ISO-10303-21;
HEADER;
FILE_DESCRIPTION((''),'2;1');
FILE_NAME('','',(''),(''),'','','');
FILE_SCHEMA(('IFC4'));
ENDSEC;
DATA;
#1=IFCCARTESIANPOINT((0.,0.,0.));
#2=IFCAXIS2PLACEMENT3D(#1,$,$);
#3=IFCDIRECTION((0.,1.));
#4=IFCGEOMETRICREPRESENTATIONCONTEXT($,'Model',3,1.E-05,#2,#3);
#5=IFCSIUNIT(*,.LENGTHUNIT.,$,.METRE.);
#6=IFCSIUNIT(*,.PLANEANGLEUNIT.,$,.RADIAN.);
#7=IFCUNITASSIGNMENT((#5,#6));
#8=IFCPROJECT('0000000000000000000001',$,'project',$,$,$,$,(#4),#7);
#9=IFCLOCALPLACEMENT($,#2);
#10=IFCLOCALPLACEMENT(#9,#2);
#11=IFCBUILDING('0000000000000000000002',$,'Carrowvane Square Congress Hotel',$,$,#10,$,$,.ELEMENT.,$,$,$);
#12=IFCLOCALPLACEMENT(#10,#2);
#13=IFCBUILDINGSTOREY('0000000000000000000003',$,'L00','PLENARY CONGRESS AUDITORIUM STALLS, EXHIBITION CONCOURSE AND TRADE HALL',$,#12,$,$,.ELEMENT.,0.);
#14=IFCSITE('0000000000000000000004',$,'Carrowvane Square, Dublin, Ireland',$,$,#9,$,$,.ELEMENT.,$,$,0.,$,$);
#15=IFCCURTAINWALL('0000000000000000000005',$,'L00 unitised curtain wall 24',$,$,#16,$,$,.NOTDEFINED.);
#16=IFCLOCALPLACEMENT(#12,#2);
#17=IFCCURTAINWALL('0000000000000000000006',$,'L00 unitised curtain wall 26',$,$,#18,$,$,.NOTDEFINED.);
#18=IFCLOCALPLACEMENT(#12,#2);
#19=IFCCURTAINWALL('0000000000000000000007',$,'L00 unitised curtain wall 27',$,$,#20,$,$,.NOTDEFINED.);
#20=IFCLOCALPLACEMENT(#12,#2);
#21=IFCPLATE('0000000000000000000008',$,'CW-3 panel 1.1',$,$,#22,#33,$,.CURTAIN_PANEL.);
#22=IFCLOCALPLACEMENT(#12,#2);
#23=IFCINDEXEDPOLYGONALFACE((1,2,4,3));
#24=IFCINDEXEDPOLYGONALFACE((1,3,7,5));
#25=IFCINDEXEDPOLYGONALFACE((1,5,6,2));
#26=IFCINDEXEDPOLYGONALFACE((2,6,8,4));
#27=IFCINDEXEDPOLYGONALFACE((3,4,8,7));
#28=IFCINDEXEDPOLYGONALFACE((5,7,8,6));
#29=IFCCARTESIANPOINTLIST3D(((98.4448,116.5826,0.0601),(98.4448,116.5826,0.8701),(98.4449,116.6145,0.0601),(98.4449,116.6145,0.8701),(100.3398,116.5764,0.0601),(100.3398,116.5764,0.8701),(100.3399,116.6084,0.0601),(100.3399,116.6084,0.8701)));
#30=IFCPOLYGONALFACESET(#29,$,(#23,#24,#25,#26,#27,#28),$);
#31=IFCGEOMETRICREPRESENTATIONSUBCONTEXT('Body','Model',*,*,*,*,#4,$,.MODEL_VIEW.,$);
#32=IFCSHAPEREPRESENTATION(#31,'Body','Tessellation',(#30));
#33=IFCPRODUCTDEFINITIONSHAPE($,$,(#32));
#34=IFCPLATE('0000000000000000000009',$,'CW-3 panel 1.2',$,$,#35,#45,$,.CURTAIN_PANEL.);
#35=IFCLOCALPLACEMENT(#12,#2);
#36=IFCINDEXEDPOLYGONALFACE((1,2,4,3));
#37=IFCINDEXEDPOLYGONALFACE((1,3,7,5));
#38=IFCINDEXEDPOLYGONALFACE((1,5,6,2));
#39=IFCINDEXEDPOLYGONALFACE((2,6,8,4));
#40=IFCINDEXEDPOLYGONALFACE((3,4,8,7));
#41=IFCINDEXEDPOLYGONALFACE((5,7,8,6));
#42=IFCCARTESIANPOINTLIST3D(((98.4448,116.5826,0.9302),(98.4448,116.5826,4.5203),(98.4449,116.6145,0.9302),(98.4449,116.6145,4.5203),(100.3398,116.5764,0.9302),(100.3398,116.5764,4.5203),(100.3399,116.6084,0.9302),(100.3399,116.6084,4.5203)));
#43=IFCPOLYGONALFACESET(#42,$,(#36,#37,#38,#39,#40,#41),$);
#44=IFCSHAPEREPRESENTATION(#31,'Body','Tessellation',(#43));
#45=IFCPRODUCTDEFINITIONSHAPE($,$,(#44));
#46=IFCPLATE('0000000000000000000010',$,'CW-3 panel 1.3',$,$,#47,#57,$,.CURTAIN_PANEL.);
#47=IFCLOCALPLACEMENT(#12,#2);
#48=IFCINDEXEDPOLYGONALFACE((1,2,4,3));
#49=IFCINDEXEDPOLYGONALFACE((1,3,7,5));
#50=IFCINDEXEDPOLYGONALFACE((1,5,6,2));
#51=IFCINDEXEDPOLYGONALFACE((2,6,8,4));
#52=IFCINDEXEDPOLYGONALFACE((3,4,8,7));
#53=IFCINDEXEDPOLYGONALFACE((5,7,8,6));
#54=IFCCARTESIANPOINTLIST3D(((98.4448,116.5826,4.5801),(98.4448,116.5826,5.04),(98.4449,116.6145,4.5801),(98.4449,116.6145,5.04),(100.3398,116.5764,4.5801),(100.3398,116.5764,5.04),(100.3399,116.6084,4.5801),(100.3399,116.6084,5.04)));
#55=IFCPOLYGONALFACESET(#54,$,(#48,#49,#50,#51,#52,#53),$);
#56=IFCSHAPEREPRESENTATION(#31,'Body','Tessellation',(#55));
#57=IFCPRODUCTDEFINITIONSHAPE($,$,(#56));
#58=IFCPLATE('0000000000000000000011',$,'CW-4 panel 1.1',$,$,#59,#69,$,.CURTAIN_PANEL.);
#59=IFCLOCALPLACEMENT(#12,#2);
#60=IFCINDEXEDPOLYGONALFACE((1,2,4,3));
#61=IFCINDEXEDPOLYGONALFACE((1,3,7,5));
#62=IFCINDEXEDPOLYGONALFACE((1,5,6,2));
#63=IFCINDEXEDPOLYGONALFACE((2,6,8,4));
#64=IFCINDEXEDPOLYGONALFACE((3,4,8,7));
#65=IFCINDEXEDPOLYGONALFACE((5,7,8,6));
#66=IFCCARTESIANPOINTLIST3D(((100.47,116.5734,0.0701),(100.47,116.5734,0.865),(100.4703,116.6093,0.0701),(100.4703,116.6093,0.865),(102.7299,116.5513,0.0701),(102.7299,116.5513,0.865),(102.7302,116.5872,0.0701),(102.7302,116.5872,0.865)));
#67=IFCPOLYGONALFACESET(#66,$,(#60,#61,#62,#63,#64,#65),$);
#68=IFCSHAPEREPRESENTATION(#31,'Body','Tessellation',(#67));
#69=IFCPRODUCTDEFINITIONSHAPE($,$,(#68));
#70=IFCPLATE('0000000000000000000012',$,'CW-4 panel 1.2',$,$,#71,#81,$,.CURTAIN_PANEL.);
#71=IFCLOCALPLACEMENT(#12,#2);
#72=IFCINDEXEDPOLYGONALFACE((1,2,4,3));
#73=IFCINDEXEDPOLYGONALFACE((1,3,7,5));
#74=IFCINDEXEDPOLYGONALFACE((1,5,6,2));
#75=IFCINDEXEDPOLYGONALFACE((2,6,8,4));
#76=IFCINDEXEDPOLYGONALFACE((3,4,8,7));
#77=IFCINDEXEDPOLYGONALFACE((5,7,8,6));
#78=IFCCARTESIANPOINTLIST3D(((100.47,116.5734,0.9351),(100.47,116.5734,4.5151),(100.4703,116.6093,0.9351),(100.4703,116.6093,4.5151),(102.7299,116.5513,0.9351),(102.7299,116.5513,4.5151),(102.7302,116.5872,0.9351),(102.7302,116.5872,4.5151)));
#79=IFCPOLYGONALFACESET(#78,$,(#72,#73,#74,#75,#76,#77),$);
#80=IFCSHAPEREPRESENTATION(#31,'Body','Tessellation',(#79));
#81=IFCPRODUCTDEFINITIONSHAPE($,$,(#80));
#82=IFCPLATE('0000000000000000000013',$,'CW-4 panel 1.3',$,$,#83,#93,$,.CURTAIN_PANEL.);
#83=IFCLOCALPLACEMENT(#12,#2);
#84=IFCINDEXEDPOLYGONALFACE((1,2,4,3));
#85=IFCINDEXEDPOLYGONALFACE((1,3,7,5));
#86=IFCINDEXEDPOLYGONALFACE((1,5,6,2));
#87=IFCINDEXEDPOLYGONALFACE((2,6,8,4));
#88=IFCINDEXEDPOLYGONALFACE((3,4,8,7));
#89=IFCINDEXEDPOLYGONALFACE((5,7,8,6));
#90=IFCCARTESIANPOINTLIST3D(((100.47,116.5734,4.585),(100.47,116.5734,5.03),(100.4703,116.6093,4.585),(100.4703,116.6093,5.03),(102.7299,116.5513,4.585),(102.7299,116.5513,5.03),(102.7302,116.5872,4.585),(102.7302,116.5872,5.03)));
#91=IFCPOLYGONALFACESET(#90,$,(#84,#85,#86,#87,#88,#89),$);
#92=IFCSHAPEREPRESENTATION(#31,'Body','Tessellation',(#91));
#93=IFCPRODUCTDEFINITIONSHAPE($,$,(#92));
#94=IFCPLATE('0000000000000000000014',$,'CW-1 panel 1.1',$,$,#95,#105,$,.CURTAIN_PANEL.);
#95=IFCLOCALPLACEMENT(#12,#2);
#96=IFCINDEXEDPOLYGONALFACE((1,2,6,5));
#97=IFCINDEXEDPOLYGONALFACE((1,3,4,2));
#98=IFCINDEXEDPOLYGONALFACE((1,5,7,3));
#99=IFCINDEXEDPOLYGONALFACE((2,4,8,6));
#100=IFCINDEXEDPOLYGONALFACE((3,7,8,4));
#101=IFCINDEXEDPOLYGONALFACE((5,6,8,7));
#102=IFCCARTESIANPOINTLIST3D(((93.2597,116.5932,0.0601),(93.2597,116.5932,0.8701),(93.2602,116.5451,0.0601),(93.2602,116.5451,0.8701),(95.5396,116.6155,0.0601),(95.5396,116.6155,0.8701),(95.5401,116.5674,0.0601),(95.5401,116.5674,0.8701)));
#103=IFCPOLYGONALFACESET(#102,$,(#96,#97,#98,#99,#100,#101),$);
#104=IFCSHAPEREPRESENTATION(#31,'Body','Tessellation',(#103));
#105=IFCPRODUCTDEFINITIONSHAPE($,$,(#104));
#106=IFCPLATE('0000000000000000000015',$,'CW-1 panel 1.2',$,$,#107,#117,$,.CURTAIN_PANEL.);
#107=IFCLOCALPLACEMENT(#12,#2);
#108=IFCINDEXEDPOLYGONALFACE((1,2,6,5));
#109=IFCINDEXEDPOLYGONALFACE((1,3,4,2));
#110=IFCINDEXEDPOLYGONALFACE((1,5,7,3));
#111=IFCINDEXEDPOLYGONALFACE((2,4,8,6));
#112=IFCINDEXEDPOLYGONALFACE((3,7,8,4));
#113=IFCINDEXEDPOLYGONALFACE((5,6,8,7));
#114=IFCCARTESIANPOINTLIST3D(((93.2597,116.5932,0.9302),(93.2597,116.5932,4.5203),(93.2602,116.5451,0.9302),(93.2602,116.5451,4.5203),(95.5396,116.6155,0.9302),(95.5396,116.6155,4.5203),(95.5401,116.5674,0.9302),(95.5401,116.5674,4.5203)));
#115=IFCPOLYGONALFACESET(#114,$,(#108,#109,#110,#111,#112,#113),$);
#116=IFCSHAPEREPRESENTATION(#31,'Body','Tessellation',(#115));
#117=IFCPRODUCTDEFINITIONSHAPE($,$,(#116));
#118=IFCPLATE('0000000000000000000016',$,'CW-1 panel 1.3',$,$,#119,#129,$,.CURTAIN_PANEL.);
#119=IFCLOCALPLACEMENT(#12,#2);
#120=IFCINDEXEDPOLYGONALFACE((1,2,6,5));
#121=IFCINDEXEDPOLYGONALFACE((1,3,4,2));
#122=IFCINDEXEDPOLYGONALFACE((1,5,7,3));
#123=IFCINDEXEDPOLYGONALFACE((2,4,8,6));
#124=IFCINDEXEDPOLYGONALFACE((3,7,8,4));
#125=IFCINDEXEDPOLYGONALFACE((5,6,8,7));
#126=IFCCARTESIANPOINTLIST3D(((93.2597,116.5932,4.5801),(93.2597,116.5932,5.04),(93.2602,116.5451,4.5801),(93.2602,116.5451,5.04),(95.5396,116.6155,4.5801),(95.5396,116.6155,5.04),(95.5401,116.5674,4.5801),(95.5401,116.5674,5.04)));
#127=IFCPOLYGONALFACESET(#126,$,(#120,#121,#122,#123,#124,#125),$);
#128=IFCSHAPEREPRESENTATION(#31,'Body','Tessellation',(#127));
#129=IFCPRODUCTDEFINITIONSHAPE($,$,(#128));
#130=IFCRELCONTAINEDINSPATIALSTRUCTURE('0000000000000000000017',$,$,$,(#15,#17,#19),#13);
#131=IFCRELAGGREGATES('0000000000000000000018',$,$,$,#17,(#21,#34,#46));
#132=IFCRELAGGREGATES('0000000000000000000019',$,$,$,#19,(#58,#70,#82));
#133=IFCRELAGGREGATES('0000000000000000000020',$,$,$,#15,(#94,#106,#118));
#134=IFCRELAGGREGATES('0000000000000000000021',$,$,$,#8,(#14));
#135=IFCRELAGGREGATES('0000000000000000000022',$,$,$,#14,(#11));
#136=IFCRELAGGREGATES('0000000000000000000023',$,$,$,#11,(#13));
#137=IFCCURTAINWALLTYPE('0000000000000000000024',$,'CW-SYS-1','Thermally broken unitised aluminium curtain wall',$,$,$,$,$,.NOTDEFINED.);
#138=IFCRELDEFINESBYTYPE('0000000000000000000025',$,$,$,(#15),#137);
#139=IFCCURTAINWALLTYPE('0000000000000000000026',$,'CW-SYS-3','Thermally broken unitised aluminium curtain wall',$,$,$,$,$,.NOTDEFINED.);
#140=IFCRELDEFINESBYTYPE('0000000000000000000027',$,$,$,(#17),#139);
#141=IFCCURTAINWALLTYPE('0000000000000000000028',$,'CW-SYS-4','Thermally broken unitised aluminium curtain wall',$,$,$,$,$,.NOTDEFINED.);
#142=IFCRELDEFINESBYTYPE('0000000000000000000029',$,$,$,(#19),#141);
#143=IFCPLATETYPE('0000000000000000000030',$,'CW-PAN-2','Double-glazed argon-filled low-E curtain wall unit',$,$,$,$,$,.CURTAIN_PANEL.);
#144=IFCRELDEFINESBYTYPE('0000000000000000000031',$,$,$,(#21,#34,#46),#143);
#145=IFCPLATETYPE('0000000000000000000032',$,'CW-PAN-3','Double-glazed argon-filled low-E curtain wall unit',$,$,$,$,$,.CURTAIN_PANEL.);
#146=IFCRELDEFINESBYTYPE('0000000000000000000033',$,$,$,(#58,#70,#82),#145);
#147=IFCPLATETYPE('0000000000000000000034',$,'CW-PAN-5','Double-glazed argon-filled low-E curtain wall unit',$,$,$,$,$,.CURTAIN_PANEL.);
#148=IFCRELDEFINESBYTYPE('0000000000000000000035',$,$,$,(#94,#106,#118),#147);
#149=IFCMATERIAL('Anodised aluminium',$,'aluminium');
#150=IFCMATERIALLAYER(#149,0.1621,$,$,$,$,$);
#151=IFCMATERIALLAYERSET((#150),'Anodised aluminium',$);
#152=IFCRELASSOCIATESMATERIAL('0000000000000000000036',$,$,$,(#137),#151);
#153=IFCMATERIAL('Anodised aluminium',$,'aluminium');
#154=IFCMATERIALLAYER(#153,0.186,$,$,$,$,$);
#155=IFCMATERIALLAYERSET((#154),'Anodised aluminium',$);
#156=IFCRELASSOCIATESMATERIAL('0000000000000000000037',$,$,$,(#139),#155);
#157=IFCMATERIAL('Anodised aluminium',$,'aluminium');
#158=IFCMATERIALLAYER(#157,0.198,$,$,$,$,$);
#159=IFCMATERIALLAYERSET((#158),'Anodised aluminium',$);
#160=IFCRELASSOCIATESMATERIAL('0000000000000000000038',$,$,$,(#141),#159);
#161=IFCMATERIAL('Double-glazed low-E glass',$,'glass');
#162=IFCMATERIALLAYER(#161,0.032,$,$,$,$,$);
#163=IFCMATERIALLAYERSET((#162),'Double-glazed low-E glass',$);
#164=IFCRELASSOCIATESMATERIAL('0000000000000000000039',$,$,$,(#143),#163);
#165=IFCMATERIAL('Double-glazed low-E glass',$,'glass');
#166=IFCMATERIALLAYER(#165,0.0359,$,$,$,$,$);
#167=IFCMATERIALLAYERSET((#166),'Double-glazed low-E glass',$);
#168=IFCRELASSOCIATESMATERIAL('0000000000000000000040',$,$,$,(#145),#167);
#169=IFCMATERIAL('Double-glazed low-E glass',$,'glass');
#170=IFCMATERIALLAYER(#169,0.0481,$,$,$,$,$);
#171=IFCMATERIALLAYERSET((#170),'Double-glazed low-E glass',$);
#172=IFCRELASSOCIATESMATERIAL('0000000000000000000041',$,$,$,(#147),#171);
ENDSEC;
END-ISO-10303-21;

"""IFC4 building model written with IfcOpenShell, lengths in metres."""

from ifc_helpers import new_model, si_unit, direction, frame, origin, origin_2d, place, context, subcontext, project, spatial, rectangle, extrude, material, layer, layer_set, type_object, element, aggregate, save


model = new_model("IFC4")

# Units and contexts
model_context = context("Model", 3, precision=1e-05, world=origin(), true_north=direction((0.0, 1.0)))
body_context = subcontext(model_context, "Body", "Model", "MODEL_VIEW")
ifc_project = project(units=[si_unit("LENGTHUNIT", "METRE"), si_unit("PLANEANGLEUNIT", "RADIAN")], contexts=[model_context])

# Site, building, storey
site_placement = place(None, origin())
site = spatial("IfcSite", under=ifc_project, at=site_placement, Name="Carrowvane Square, Dublin, Ireland", CompositionType="ELEMENT", RefElevation=0.0)
building_placement = place(site_placement, origin())
building = spatial("IfcBuilding", under=site, at=building_placement, Name="Carrowvane Square Congress Hotel", CompositionType="ELEMENT")
storey_placement = place(building_placement, origin())
storey = spatial("IfcBuildingStorey", under=building, at=storey_placement, Name="L00", Description="PLENARY CONGRESS AUDITORIUM STALLS, EXHIBITION CONCOURSE AND TRADE HALL", CompositionType="ELEMENT", Elevation=0.0)

# Curtain wall
ifc_material_1 = material(Name="Anodised aluminium", Category="aluminium")
ifc_layer_1 = layer(ifc_material_1, 0.1621)
ifc_layer_set_1 = layer_set([ifc_layer_1], Name="Anodised aluminium")
curtain_wall_type_1 = type_object("IfcCurtainWallType", Name="CW-SYS-1", Description="Thermally broken unitised aluminium curtain wall", PredefinedType="NOTDEFINED", material=ifc_layer_set_1)
curtain_wall_1_placement = place(storey_placement, origin())
curtain_wall_1 = element("IfcCurtainWall", 1, at=curtain_wall_1_placement, inside=storey, type_object=curtain_wall_type_1, Name="L00 unitised curtain wall 24", PredefinedType="NOTDEFINED")

# Curtain wall
ifc_material_2 = material(Name="Anodised aluminium", Category="aluminium")
ifc_layer_2 = layer(ifc_material_2, 0.186)
ifc_layer_set_2 = layer_set([ifc_layer_2], Name="Anodised aluminium")
curtain_wall_type_2 = type_object("IfcCurtainWallType", Name="CW-SYS-3", Description="Thermally broken unitised aluminium curtain wall", PredefinedType="NOTDEFINED", material=ifc_layer_set_2)
curtain_wall_2_placement = place(storey_placement, origin())
curtain_wall_2 = element("IfcCurtainWall", 2, at=curtain_wall_2_placement, inside=storey, type_object=curtain_wall_type_2, Name="L00 unitised curtain wall 26", PredefinedType="NOTDEFINED")

# Curtain wall
ifc_material_3 = material(Name="Anodised aluminium", Category="aluminium")
ifc_layer_3 = layer(ifc_material_3, 0.198)
ifc_layer_set_3 = layer_set([ifc_layer_3], Name="Anodised aluminium")
curtain_wall_type_3 = type_object("IfcCurtainWallType", Name="CW-SYS-4", Description="Thermally broken unitised aluminium curtain wall", PredefinedType="NOTDEFINED", material=ifc_layer_set_3)
curtain_wall_3_placement = place(storey_placement, origin())
curtain_wall_3 = element("IfcCurtainWall", 3, at=curtain_wall_3_placement, inside=storey, type_object=curtain_wall_type_3, Name="L00 unitised curtain wall 27", PredefinedType="NOTDEFINED")

# Plates
ifc_material_4 = material(Name="Double-glazed low-E glass", Category="glass")
ifc_layer_4 = layer(ifc_material_4, 0.032)
ifc_layer_set_4 = layer_set([ifc_layer_4], Name="Double-glazed low-E glass")
plate_type_1 = type_object("IfcPlateType", Name="CW-PAN-2", Description="Double-glazed argon-filled low-E curtain wall unit", PredefinedType="CURTAIN_PANEL", material=ifc_layer_set_4)
plate_1_placement = place(storey_placement, frame((99.3923, 116.5955, 0.0601), z_axis=(0.0, 0.0, 1.0), x_axis=(0.999995, -0.00327, 0.0)))
plate_1 = element("IfcPlate", 4, at=plate_1_placement, type_object=plate_type_1, Name="CW-3 panel 1.1", PredefinedType="CURTAIN_PANEL", context=body_context, shape_type="SweptSolid", body=[
    extrude(rectangle(XDim=1.895, YDim=0.032, at=origin_2d()), origin(), (0.0, 0.0, 1.0), 0.8101),
])
plate_2_placement = place(storey_placement, frame((99.3923, 116.5955, 0.9302), z_axis=(0.0, 0.0, 1.0), x_axis=(0.999995, -0.00327, 0.0)))
plate_2 = element("IfcPlate", 5, at=plate_2_placement, type_object=plate_type_1, Name="CW-3 panel 1.2", PredefinedType="CURTAIN_PANEL", context=body_context, shape_type="SweptSolid", body=[
    extrude(rectangle(XDim=1.895, YDim=0.032, at=origin_2d()), origin(), (0.0, 0.0, 1.0), 3.5901),
])
plate_3_placement = place(storey_placement, frame((99.3923, 116.5955, 4.5801), z_axis=(0.0, 0.0, 1.0), x_axis=(0.999995, -0.00327, 0.0)))
plate_3 = element("IfcPlate", 6, at=plate_3_placement, type_object=plate_type_1, Name="CW-3 panel 1.3", PredefinedType="CURTAIN_PANEL", context=body_context, shape_type="SweptSolid", body=[
    extrude(rectangle(XDim=1.895, YDim=0.032, at=origin_2d()), origin(), (0.0, 0.0, 1.0), 0.46),
])
aggregate(curtain_wall_2, [plate_1, plate_2, plate_3])
ifc_material_5 = material(Name="Double-glazed low-E glass", Category="glass")
ifc_layer_5 = layer(ifc_material_5, 0.0359)
ifc_layer_set_5 = layer_set([ifc_layer_5], Name="Double-glazed low-E glass")
plate_type_2 = type_object("IfcPlateType", Name="CW-PAN-3", Description="Double-glazed argon-filled low-E curtain wall unit", PredefinedType="CURTAIN_PANEL", material=ifc_layer_set_5)
plate_4_placement = place(storey_placement, frame((101.6001, 116.5803, 0.0701), z_axis=(0.0, 0.0, 1.0), x_axis=(0.999952, -0.009783, 0.0)))
plate_4 = element("IfcPlate", 7, at=plate_4_placement, type_object=plate_type_2, Name="CW-4 panel 1.1", PredefinedType="CURTAIN_PANEL", context=body_context, shape_type="SweptSolid", body=[
    extrude(rectangle(XDim=2.26, YDim=0.0359, at=origin_2d()), origin(), (0.0, 0.0, 1.0), 0.7949),
])
plate_5_placement = place(storey_placement, frame((101.6001, 116.5803, 0.9351), z_axis=(0.0, 0.0, 1.0), x_axis=(0.999952, -0.009783, 0.0)))
plate_5 = element("IfcPlate", 8, at=plate_5_placement, type_object=plate_type_2, Name="CW-4 panel 1.2", PredefinedType="CURTAIN_PANEL", context=body_context, shape_type="SweptSolid", body=[
    extrude(rectangle(XDim=2.26, YDim=0.0359, at=origin_2d()), origin(), (0.0, 0.0, 1.0), 3.5801),
])
plate_6_placement = place(storey_placement, frame((101.6001, 116.5803, 4.585), z_axis=(0.0, 0.0, 1.0), x_axis=(0.999952, -0.009783, 0.0)))
plate_6 = element("IfcPlate", 9, at=plate_6_placement, type_object=plate_type_2, Name="CW-4 panel 1.3", PredefinedType="CURTAIN_PANEL", context=body_context, shape_type="SweptSolid", body=[
    extrude(rectangle(XDim=2.26, YDim=0.0359, at=origin_2d()), origin(), (0.0, 0.0, 1.0), 0.4451),
])
aggregate(curtain_wall_3, [plate_4, plate_5, plate_6])
ifc_material_6 = material(Name="Double-glazed low-E glass", Category="glass")
ifc_layer_6 = layer(ifc_material_6, 0.0481)
ifc_layer_set_6 = layer_set([ifc_layer_6], Name="Double-glazed low-E glass")
plate_type_3 = type_object("IfcPlateType", Name="CW-PAN-5", Description="Double-glazed argon-filled low-E curtain wall unit", PredefinedType="CURTAIN_PANEL", material=ifc_layer_set_6)
plate_7_placement = place(storey_placement, frame((94.3999, 116.5803, 0.0601), z_axis=(0.0, 0.0, 1.0), x_axis=(0.999952, 0.009783, 0.0)))
plate_7 = element("IfcPlate", 10, at=plate_7_placement, type_object=plate_type_3, Name="CW-1 panel 1.1", PredefinedType="CURTAIN_PANEL", context=body_context, shape_type="SweptSolid", body=[
    extrude(rectangle(XDim=2.28, YDim=0.0481, at=origin_2d()), origin(), (0.0, 0.0, 1.0), 0.8101),
])
plate_8_placement = place(storey_placement, frame((94.3999, 116.5803, 0.9302), z_axis=(0.0, 0.0, 1.0), x_axis=(0.999952, 0.009783, 0.0)))
plate_8 = element("IfcPlate", 11, at=plate_8_placement, type_object=plate_type_3, Name="CW-1 panel 1.2", PredefinedType="CURTAIN_PANEL", context=body_context, shape_type="SweptSolid", body=[
    extrude(rectangle(XDim=2.28, YDim=0.0481, at=origin_2d()), origin(), (0.0, 0.0, 1.0), 3.5901),
])
plate_9_placement = place(storey_placement, frame((94.3999, 116.5803, 4.5801), z_axis=(0.0, 0.0, 1.0), x_axis=(0.999952, 0.009783, 0.0)))
plate_9 = element("IfcPlate", 12, at=plate_9_placement, type_object=plate_type_3, Name="CW-1 panel 1.3", PredefinedType="CURTAIN_PANEL", context=body_context, shape_type="SweptSolid", body=[
    extrude(rectangle(XDim=2.28, YDim=0.0481, at=origin_2d()), origin(), (0.0, 0.0, 1.0), 0.46),
])
aggregate(curtain_wall_1, [plate_7, plate_8, plate_9])

save(model, "model.ifc")
